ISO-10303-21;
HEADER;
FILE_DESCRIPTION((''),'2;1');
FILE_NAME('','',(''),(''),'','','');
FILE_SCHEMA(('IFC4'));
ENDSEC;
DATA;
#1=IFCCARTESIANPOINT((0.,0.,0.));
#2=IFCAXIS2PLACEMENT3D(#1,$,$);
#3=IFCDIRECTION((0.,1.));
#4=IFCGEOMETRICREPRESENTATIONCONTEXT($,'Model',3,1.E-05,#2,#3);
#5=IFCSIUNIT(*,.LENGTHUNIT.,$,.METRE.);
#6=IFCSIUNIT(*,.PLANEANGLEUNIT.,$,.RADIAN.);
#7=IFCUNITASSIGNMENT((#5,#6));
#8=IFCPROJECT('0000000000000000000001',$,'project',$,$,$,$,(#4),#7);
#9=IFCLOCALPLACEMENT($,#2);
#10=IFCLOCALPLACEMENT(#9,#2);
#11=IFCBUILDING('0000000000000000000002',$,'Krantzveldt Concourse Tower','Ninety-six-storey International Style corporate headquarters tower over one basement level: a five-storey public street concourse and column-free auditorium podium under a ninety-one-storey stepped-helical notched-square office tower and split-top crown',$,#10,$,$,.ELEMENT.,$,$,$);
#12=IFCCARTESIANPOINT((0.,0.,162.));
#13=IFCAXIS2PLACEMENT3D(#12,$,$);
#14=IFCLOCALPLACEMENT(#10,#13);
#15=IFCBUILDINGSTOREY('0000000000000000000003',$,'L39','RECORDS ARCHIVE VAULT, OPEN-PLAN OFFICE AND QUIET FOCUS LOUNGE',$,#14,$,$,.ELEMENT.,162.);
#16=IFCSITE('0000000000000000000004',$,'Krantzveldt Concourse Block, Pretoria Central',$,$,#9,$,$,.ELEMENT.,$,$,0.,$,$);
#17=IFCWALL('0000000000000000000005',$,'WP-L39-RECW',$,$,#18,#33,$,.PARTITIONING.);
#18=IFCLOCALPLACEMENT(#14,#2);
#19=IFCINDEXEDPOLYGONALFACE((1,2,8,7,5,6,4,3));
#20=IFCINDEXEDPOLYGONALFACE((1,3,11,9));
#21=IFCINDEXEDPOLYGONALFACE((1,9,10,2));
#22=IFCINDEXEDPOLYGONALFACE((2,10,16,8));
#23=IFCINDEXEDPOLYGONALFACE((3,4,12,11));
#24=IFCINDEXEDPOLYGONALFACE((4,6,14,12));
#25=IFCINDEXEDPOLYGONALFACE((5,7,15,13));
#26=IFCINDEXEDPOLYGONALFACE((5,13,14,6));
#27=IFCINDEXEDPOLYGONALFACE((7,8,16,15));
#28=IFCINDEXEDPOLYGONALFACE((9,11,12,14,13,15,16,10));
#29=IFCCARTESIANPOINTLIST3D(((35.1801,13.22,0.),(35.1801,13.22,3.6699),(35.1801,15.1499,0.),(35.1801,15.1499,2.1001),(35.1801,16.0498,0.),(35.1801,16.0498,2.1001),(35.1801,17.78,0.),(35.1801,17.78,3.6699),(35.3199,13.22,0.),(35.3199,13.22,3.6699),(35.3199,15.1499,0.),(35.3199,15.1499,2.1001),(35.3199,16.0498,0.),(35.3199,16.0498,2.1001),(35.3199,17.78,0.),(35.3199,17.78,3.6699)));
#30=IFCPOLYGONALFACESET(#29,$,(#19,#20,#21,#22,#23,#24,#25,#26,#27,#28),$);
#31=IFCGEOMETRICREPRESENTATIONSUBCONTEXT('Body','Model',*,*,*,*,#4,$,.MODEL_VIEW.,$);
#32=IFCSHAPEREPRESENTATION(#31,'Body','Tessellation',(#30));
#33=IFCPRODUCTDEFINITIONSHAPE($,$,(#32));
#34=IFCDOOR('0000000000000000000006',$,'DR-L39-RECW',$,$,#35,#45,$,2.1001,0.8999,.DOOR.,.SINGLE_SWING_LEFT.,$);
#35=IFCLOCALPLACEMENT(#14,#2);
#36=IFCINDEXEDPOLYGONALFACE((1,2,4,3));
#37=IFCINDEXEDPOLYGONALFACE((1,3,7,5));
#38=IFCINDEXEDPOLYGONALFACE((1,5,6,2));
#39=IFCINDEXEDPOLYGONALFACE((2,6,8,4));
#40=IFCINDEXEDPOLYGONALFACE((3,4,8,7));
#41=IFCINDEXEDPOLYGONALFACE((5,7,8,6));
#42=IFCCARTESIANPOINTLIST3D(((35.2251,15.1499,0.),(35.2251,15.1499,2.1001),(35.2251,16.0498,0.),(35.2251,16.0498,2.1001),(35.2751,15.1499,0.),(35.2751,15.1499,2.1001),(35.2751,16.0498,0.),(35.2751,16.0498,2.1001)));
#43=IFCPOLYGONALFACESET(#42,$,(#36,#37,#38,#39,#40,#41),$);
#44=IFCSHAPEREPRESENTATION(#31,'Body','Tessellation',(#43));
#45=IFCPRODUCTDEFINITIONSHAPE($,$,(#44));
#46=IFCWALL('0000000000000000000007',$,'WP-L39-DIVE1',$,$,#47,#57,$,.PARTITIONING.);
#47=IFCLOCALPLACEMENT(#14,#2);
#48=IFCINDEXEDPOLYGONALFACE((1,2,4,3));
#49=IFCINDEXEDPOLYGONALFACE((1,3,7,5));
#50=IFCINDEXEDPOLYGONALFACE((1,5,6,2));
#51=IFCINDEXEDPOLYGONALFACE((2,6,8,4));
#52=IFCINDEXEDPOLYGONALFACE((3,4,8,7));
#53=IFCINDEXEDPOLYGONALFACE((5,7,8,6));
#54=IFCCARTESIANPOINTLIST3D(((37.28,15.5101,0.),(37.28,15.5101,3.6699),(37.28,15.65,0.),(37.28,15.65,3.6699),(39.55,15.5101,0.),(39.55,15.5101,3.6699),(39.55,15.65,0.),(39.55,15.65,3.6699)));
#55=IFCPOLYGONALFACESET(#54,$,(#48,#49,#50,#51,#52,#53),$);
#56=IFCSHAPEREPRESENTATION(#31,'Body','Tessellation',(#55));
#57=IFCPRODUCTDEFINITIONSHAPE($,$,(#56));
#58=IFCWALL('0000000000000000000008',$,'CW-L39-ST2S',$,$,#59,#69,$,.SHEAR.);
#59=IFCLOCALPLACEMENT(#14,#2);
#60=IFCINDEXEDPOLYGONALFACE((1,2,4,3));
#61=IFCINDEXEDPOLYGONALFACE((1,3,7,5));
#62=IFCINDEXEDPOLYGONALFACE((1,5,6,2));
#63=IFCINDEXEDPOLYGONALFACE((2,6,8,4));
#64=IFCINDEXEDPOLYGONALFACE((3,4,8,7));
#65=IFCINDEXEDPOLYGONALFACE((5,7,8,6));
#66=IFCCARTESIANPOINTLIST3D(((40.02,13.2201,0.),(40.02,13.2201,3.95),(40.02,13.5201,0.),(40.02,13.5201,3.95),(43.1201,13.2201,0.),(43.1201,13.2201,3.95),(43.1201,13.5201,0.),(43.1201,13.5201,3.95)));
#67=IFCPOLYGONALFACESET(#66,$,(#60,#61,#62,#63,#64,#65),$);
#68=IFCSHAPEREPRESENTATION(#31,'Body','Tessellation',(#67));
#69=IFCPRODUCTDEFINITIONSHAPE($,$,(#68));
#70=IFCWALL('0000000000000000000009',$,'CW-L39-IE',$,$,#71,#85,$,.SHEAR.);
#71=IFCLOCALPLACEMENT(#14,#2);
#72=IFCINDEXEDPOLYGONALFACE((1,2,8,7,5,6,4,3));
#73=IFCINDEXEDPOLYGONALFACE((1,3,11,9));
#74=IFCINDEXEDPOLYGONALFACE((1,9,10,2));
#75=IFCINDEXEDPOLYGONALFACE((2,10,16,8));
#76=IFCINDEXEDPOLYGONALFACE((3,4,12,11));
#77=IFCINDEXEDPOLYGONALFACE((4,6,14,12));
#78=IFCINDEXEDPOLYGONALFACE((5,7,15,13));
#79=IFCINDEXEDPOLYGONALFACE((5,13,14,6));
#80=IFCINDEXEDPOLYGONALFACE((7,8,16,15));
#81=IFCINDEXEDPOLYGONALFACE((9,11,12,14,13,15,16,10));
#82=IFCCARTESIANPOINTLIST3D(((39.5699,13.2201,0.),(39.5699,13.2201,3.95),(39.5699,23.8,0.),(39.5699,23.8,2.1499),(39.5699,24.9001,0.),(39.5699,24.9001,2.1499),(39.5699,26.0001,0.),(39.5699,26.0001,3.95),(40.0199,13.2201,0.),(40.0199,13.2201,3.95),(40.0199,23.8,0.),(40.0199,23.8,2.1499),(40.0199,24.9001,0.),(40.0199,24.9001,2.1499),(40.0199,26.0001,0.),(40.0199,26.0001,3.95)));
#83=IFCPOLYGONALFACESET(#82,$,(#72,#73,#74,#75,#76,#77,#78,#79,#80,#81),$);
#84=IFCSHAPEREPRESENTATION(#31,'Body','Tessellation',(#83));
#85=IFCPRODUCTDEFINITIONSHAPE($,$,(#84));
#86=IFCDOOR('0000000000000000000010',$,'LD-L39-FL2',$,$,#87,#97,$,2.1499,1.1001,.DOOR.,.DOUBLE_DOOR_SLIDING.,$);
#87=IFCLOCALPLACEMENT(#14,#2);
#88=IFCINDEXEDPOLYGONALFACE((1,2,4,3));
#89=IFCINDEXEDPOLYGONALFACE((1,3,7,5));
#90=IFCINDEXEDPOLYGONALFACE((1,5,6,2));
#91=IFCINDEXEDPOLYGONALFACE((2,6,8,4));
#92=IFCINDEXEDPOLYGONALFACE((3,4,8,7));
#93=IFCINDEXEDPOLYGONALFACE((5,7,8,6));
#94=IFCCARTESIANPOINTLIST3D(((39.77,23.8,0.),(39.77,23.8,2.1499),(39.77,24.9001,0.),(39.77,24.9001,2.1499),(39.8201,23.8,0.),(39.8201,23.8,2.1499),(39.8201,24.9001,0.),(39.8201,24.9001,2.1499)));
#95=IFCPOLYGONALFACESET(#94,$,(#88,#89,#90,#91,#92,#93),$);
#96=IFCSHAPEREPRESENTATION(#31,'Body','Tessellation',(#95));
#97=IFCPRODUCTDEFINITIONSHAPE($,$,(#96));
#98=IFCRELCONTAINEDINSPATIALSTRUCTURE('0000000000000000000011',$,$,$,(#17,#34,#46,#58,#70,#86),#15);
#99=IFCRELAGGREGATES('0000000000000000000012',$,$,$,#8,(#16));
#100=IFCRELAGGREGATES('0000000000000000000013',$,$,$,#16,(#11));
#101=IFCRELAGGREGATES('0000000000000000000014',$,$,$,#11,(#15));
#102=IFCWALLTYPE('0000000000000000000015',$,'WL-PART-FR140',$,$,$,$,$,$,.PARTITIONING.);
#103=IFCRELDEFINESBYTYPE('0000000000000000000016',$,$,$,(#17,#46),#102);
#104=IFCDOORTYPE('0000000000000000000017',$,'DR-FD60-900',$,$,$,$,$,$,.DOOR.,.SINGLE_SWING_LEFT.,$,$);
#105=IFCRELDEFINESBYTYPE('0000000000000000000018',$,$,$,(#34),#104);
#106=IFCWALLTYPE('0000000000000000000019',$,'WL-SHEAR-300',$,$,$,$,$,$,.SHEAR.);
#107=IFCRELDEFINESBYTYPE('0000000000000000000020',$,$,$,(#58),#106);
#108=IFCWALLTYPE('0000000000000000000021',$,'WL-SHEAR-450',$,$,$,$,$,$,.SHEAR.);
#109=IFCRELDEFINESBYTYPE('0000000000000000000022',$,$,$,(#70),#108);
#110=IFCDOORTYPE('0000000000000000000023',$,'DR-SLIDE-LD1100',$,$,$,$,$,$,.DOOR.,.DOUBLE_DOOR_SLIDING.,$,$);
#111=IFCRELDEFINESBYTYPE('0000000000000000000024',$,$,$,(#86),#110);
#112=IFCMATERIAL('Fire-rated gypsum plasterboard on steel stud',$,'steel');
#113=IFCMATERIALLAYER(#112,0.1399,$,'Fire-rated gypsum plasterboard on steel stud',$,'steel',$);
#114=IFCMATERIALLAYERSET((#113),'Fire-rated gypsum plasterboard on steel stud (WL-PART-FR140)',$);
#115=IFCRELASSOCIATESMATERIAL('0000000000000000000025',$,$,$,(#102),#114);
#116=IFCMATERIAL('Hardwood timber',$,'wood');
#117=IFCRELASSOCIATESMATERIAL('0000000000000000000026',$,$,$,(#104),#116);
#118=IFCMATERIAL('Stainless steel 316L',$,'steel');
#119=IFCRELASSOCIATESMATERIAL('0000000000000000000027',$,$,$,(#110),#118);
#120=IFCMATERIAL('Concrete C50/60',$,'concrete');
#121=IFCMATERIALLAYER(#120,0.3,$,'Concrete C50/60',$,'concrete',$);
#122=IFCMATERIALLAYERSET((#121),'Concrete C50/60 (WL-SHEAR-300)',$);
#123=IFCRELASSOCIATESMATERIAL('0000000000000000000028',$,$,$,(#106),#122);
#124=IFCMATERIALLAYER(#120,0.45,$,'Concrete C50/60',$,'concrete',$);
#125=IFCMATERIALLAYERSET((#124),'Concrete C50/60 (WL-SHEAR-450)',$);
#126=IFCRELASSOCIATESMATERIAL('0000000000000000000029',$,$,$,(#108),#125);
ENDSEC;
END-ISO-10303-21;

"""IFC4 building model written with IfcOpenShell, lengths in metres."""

from ifc_helpers import new_model, si_unit, direction, frame, frame_2d, origin, place, context, subcontext, project, spatial, rectangle, extrude, material, layer, layer_set, type_object, element, fill, save


model = new_model("IFC4")

# Units and contexts
model_context = context("Model", 3, precision=1e-05, world=origin(), true_north=direction((0.0, 1.0)))
body_context = subcontext(model_context, "Body", "Model", "MODEL_VIEW")
ifc_project = project(units=[si_unit("LENGTHUNIT", "METRE"), si_unit("PLANEANGLEUNIT", "RADIAN")], contexts=[model_context])

# Site, building, storey
site_placement = place(None, origin())
site = spatial("IfcSite", under=ifc_project, at=site_placement, Name="Krantzveldt Concourse Block, Pretoria Central", CompositionType="ELEMENT", RefElevation=0.0)
building_placement = place(site_placement, origin())
building = spatial("IfcBuilding", under=site, at=building_placement, Name="Krantzveldt Concourse Tower", Description="Ninety-six-storey International Style corporate headquarters tower over one basement level: a five-storey public street concourse and column-free auditorium podium under a ninety-one-storey stepped-helical notched-square office tower and split-top crown", CompositionType="ELEMENT")
storey_placement = place(building_placement, frame((0.0, 0.0, 162.0)))
storey = spatial("IfcBuildingStorey", under=building, at=storey_placement, Name="L39", Description="RECORDS ARCHIVE VAULT, OPEN-PLAN OFFICE AND QUIET FOCUS LOUNGE", CompositionType="ELEMENT", Elevation=162.0)

# Shared definitions
ifc_material_1 = material(Name="Fire-rated gypsum plasterboard on steel stud", Category="steel")
ifc_material_2 = material(Name="Hardwood timber", Category="wood")

# Wall, opening, door
ifc_layer_1 = layer(ifc_material_1, 0.1399, Name="Fire-rated gypsum plasterboard on steel stud", Category="steel")
ifc_layer_set_1 = layer_set([ifc_layer_1], Name="Fire-rated gypsum plasterboard on steel stud (WL-PART-FR140)")
wall_type_1 = type_object("IfcWallType", Name="WL-PART-FR140", PredefinedType="PARTITIONING", material=ifc_layer_set_1)
wall_1_placement = place(storey_placement, frame((35.25, 13.22, 0.0), z_axis=(0.0, 0.0, 1.0), x_axis=(0.0, 1.0, 0.0)))
wall_1 = element("IfcWall", 1, at=wall_1_placement, inside=storey, type_object=wall_type_1, Name="WP-L39-RECW", PredefinedType="PARTITIONING", context=body_context, shape_type="SweptSolid", body=[
    extrude(rectangle(XDim=4.5601, YDim=0.1399, at=frame_2d((2.28, 0.0))), origin(), (0.0, 0.0, 1.0), 3.6699),
])
opening_1_placement = place(wall_1_placement, frame((1.9299, 0.0, 0.0)))
opening_1 = element("IfcOpeningElement", 2, at=opening_1_placement, cuts=wall_1, PredefinedType="OPENING", context=body_context, shape_type="SweptSolid", body=[
    extrude(rectangle(XDim=0.8999, YDim=2.1001, at=frame_2d((0.45, 1.05))), frame((0.0, 0.0801, 0.0), z_axis=(0.0, -1.0, 0.0), x_axis=(1.0, 0.0, 0.0)), (0.0, 0.0, 1.0), 0.1599),
])
door_type_1 = type_object("IfcDoorType", Name="DR-FD60-900", OperationType="SINGLE_SWING_LEFT", PredefinedType="DOOR", material=ifc_material_2)
door_1_placement = place(opening_1_placement, origin())
door_1 = element("IfcDoor", 3, at=door_1_placement, inside=storey, type_object=door_type_1, Name="DR-L39-RECW", OperationType="SINGLE_SWING_LEFT", OverallHeight=2.1001, OverallWidth=0.8999, PredefinedType="DOOR", context=body_context, shape_type="SweptSolid", body=[
    extrude(rectangle(XDim=0.8999, YDim=2.1001, at=frame_2d((0.45, 1.05))), frame((0.0, 0.0249, 0.0), z_axis=(0.0, -1.0, 0.0), x_axis=(1.0, 0.0, 0.0)), (0.0, 0.0, 1.0), 0.05),
])
fill(opening_1, door_1)

# Shared definitions
ifc_material_3 = material(Name="Stainless steel 316L", Category="steel")
door_type_2 = type_object("IfcDoorType", Name="DR-SLIDE-LD1100", OperationType="DOUBLE_DOOR_SLIDING", PredefinedType="DOOR", material=ifc_material_3)

# Walls
wall_2_placement = place(storey_placement, frame((37.28, 15.5801, 0.0), z_axis=(0.0, 0.0, 1.0), x_axis=(1.0, 0.0, 0.0)))
element("IfcWall", 4, at=wall_2_placement, inside=storey, type_object=wall_type_1, Name="WP-L39-DIVE1", PredefinedType="PARTITIONING", context=body_context, shape_type="SweptSolid", body=[
    extrude(rectangle(XDim=2.27, YDim=0.1399, at=frame_2d((1.135, 0.0))), origin(), (0.0, 0.0, 1.0), 3.6699),
])
ifc_material_4 = material(Name="Concrete C50/60", Category="concrete")
ifc_layer_2 = layer(ifc_material_4, 0.3, Name="Concrete C50/60", Category="concrete")
ifc_layer_set_2 = layer_set([ifc_layer_2], Name="Concrete C50/60 (WL-SHEAR-300)")
wall_type_2 = type_object("IfcWallType", Name="WL-SHEAR-300", PredefinedType="SHEAR", material=ifc_layer_set_2)
wall_3_placement = place(storey_placement, frame((40.02, 13.3701, 0.0), z_axis=(0.0, 0.0, 1.0), x_axis=(1.0, 0.0, 0.0)))
element("IfcWall", 5, at=wall_3_placement, inside=storey, type_object=wall_type_2, Name="CW-L39-ST2S", PredefinedType="SHEAR", context=body_context, shape_type="SweptSolid", body=[
    extrude(rectangle(XDim=3.1001, YDim=0.3, at=frame_2d((1.55, 0.0))), origin(), (0.0, 0.0, 1.0), 3.95),
])

# Wall, opening, door
ifc_layer_3 = layer(ifc_material_4, 0.45, Name="Concrete C50/60", Category="concrete")
ifc_layer_set_3 = layer_set([ifc_layer_3], Name="Concrete C50/60 (WL-SHEAR-450)")
wall_type_3 = type_object("IfcWallType", Name="WL-SHEAR-450", PredefinedType="SHEAR", material=ifc_layer_set_3)
wall_4_placement = place(storey_placement, frame((39.7949, 13.22, 0.0), z_axis=(0.0, 0.0, 1.0), x_axis=(0.0, 1.0, 0.0)))
wall_4 = element("IfcWall", 6, at=wall_4_placement, inside=storey, type_object=wall_type_3, Name="CW-L39-IE", PredefinedType="SHEAR", context=body_context, shape_type="SweptSolid", body=[
    extrude(rectangle(XDim=12.78, YDim=0.45, at=frame_2d((6.3901, 0.0))), origin(), (0.0, 0.0, 1.0), 3.95),
])
opening_2_placement = place(wall_4_placement, frame((10.5801, 0.0, 0.0)))
opening_2 = element("IfcOpeningElement", 7, at=opening_2_placement, cuts=wall_4, PredefinedType="OPENING", context=body_context, shape_type="SweptSolid", body=[
    extrude(rectangle(XDim=1.1001, YDim=2.1499, at=frame_2d((0.55, 1.075))), frame((0.0, 0.2349, 0.0), z_axis=(0.0, -1.0, 0.0), x_axis=(1.0, 0.0, 0.0)), (0.0, 0.0, 1.0), 0.47),
])
door_2_placement = place(opening_2_placement, origin())
door_2 = element("IfcDoor", 8, at=door_2_placement, inside=storey, type_object=door_type_2, Name="LD-L39-FL2", OperationType="DOUBLE_DOOR_SLIDING", OverallHeight=2.1499, OverallWidth=1.1001, PredefinedType="DOOR", context=body_context, shape_type="SweptSolid", body=[
    extrude(rectangle(XDim=1.1001, YDim=2.1499, at=frame_2d((0.55, 1.075))), frame((0.0, 0.0249, 0.0), z_axis=(0.0, -1.0, 0.0), x_axis=(1.0, 0.0, 0.0)), (0.0, 0.0, 1.0), 0.05),
])
fill(opening_2, door_2)

save(model, "model.ifc")
